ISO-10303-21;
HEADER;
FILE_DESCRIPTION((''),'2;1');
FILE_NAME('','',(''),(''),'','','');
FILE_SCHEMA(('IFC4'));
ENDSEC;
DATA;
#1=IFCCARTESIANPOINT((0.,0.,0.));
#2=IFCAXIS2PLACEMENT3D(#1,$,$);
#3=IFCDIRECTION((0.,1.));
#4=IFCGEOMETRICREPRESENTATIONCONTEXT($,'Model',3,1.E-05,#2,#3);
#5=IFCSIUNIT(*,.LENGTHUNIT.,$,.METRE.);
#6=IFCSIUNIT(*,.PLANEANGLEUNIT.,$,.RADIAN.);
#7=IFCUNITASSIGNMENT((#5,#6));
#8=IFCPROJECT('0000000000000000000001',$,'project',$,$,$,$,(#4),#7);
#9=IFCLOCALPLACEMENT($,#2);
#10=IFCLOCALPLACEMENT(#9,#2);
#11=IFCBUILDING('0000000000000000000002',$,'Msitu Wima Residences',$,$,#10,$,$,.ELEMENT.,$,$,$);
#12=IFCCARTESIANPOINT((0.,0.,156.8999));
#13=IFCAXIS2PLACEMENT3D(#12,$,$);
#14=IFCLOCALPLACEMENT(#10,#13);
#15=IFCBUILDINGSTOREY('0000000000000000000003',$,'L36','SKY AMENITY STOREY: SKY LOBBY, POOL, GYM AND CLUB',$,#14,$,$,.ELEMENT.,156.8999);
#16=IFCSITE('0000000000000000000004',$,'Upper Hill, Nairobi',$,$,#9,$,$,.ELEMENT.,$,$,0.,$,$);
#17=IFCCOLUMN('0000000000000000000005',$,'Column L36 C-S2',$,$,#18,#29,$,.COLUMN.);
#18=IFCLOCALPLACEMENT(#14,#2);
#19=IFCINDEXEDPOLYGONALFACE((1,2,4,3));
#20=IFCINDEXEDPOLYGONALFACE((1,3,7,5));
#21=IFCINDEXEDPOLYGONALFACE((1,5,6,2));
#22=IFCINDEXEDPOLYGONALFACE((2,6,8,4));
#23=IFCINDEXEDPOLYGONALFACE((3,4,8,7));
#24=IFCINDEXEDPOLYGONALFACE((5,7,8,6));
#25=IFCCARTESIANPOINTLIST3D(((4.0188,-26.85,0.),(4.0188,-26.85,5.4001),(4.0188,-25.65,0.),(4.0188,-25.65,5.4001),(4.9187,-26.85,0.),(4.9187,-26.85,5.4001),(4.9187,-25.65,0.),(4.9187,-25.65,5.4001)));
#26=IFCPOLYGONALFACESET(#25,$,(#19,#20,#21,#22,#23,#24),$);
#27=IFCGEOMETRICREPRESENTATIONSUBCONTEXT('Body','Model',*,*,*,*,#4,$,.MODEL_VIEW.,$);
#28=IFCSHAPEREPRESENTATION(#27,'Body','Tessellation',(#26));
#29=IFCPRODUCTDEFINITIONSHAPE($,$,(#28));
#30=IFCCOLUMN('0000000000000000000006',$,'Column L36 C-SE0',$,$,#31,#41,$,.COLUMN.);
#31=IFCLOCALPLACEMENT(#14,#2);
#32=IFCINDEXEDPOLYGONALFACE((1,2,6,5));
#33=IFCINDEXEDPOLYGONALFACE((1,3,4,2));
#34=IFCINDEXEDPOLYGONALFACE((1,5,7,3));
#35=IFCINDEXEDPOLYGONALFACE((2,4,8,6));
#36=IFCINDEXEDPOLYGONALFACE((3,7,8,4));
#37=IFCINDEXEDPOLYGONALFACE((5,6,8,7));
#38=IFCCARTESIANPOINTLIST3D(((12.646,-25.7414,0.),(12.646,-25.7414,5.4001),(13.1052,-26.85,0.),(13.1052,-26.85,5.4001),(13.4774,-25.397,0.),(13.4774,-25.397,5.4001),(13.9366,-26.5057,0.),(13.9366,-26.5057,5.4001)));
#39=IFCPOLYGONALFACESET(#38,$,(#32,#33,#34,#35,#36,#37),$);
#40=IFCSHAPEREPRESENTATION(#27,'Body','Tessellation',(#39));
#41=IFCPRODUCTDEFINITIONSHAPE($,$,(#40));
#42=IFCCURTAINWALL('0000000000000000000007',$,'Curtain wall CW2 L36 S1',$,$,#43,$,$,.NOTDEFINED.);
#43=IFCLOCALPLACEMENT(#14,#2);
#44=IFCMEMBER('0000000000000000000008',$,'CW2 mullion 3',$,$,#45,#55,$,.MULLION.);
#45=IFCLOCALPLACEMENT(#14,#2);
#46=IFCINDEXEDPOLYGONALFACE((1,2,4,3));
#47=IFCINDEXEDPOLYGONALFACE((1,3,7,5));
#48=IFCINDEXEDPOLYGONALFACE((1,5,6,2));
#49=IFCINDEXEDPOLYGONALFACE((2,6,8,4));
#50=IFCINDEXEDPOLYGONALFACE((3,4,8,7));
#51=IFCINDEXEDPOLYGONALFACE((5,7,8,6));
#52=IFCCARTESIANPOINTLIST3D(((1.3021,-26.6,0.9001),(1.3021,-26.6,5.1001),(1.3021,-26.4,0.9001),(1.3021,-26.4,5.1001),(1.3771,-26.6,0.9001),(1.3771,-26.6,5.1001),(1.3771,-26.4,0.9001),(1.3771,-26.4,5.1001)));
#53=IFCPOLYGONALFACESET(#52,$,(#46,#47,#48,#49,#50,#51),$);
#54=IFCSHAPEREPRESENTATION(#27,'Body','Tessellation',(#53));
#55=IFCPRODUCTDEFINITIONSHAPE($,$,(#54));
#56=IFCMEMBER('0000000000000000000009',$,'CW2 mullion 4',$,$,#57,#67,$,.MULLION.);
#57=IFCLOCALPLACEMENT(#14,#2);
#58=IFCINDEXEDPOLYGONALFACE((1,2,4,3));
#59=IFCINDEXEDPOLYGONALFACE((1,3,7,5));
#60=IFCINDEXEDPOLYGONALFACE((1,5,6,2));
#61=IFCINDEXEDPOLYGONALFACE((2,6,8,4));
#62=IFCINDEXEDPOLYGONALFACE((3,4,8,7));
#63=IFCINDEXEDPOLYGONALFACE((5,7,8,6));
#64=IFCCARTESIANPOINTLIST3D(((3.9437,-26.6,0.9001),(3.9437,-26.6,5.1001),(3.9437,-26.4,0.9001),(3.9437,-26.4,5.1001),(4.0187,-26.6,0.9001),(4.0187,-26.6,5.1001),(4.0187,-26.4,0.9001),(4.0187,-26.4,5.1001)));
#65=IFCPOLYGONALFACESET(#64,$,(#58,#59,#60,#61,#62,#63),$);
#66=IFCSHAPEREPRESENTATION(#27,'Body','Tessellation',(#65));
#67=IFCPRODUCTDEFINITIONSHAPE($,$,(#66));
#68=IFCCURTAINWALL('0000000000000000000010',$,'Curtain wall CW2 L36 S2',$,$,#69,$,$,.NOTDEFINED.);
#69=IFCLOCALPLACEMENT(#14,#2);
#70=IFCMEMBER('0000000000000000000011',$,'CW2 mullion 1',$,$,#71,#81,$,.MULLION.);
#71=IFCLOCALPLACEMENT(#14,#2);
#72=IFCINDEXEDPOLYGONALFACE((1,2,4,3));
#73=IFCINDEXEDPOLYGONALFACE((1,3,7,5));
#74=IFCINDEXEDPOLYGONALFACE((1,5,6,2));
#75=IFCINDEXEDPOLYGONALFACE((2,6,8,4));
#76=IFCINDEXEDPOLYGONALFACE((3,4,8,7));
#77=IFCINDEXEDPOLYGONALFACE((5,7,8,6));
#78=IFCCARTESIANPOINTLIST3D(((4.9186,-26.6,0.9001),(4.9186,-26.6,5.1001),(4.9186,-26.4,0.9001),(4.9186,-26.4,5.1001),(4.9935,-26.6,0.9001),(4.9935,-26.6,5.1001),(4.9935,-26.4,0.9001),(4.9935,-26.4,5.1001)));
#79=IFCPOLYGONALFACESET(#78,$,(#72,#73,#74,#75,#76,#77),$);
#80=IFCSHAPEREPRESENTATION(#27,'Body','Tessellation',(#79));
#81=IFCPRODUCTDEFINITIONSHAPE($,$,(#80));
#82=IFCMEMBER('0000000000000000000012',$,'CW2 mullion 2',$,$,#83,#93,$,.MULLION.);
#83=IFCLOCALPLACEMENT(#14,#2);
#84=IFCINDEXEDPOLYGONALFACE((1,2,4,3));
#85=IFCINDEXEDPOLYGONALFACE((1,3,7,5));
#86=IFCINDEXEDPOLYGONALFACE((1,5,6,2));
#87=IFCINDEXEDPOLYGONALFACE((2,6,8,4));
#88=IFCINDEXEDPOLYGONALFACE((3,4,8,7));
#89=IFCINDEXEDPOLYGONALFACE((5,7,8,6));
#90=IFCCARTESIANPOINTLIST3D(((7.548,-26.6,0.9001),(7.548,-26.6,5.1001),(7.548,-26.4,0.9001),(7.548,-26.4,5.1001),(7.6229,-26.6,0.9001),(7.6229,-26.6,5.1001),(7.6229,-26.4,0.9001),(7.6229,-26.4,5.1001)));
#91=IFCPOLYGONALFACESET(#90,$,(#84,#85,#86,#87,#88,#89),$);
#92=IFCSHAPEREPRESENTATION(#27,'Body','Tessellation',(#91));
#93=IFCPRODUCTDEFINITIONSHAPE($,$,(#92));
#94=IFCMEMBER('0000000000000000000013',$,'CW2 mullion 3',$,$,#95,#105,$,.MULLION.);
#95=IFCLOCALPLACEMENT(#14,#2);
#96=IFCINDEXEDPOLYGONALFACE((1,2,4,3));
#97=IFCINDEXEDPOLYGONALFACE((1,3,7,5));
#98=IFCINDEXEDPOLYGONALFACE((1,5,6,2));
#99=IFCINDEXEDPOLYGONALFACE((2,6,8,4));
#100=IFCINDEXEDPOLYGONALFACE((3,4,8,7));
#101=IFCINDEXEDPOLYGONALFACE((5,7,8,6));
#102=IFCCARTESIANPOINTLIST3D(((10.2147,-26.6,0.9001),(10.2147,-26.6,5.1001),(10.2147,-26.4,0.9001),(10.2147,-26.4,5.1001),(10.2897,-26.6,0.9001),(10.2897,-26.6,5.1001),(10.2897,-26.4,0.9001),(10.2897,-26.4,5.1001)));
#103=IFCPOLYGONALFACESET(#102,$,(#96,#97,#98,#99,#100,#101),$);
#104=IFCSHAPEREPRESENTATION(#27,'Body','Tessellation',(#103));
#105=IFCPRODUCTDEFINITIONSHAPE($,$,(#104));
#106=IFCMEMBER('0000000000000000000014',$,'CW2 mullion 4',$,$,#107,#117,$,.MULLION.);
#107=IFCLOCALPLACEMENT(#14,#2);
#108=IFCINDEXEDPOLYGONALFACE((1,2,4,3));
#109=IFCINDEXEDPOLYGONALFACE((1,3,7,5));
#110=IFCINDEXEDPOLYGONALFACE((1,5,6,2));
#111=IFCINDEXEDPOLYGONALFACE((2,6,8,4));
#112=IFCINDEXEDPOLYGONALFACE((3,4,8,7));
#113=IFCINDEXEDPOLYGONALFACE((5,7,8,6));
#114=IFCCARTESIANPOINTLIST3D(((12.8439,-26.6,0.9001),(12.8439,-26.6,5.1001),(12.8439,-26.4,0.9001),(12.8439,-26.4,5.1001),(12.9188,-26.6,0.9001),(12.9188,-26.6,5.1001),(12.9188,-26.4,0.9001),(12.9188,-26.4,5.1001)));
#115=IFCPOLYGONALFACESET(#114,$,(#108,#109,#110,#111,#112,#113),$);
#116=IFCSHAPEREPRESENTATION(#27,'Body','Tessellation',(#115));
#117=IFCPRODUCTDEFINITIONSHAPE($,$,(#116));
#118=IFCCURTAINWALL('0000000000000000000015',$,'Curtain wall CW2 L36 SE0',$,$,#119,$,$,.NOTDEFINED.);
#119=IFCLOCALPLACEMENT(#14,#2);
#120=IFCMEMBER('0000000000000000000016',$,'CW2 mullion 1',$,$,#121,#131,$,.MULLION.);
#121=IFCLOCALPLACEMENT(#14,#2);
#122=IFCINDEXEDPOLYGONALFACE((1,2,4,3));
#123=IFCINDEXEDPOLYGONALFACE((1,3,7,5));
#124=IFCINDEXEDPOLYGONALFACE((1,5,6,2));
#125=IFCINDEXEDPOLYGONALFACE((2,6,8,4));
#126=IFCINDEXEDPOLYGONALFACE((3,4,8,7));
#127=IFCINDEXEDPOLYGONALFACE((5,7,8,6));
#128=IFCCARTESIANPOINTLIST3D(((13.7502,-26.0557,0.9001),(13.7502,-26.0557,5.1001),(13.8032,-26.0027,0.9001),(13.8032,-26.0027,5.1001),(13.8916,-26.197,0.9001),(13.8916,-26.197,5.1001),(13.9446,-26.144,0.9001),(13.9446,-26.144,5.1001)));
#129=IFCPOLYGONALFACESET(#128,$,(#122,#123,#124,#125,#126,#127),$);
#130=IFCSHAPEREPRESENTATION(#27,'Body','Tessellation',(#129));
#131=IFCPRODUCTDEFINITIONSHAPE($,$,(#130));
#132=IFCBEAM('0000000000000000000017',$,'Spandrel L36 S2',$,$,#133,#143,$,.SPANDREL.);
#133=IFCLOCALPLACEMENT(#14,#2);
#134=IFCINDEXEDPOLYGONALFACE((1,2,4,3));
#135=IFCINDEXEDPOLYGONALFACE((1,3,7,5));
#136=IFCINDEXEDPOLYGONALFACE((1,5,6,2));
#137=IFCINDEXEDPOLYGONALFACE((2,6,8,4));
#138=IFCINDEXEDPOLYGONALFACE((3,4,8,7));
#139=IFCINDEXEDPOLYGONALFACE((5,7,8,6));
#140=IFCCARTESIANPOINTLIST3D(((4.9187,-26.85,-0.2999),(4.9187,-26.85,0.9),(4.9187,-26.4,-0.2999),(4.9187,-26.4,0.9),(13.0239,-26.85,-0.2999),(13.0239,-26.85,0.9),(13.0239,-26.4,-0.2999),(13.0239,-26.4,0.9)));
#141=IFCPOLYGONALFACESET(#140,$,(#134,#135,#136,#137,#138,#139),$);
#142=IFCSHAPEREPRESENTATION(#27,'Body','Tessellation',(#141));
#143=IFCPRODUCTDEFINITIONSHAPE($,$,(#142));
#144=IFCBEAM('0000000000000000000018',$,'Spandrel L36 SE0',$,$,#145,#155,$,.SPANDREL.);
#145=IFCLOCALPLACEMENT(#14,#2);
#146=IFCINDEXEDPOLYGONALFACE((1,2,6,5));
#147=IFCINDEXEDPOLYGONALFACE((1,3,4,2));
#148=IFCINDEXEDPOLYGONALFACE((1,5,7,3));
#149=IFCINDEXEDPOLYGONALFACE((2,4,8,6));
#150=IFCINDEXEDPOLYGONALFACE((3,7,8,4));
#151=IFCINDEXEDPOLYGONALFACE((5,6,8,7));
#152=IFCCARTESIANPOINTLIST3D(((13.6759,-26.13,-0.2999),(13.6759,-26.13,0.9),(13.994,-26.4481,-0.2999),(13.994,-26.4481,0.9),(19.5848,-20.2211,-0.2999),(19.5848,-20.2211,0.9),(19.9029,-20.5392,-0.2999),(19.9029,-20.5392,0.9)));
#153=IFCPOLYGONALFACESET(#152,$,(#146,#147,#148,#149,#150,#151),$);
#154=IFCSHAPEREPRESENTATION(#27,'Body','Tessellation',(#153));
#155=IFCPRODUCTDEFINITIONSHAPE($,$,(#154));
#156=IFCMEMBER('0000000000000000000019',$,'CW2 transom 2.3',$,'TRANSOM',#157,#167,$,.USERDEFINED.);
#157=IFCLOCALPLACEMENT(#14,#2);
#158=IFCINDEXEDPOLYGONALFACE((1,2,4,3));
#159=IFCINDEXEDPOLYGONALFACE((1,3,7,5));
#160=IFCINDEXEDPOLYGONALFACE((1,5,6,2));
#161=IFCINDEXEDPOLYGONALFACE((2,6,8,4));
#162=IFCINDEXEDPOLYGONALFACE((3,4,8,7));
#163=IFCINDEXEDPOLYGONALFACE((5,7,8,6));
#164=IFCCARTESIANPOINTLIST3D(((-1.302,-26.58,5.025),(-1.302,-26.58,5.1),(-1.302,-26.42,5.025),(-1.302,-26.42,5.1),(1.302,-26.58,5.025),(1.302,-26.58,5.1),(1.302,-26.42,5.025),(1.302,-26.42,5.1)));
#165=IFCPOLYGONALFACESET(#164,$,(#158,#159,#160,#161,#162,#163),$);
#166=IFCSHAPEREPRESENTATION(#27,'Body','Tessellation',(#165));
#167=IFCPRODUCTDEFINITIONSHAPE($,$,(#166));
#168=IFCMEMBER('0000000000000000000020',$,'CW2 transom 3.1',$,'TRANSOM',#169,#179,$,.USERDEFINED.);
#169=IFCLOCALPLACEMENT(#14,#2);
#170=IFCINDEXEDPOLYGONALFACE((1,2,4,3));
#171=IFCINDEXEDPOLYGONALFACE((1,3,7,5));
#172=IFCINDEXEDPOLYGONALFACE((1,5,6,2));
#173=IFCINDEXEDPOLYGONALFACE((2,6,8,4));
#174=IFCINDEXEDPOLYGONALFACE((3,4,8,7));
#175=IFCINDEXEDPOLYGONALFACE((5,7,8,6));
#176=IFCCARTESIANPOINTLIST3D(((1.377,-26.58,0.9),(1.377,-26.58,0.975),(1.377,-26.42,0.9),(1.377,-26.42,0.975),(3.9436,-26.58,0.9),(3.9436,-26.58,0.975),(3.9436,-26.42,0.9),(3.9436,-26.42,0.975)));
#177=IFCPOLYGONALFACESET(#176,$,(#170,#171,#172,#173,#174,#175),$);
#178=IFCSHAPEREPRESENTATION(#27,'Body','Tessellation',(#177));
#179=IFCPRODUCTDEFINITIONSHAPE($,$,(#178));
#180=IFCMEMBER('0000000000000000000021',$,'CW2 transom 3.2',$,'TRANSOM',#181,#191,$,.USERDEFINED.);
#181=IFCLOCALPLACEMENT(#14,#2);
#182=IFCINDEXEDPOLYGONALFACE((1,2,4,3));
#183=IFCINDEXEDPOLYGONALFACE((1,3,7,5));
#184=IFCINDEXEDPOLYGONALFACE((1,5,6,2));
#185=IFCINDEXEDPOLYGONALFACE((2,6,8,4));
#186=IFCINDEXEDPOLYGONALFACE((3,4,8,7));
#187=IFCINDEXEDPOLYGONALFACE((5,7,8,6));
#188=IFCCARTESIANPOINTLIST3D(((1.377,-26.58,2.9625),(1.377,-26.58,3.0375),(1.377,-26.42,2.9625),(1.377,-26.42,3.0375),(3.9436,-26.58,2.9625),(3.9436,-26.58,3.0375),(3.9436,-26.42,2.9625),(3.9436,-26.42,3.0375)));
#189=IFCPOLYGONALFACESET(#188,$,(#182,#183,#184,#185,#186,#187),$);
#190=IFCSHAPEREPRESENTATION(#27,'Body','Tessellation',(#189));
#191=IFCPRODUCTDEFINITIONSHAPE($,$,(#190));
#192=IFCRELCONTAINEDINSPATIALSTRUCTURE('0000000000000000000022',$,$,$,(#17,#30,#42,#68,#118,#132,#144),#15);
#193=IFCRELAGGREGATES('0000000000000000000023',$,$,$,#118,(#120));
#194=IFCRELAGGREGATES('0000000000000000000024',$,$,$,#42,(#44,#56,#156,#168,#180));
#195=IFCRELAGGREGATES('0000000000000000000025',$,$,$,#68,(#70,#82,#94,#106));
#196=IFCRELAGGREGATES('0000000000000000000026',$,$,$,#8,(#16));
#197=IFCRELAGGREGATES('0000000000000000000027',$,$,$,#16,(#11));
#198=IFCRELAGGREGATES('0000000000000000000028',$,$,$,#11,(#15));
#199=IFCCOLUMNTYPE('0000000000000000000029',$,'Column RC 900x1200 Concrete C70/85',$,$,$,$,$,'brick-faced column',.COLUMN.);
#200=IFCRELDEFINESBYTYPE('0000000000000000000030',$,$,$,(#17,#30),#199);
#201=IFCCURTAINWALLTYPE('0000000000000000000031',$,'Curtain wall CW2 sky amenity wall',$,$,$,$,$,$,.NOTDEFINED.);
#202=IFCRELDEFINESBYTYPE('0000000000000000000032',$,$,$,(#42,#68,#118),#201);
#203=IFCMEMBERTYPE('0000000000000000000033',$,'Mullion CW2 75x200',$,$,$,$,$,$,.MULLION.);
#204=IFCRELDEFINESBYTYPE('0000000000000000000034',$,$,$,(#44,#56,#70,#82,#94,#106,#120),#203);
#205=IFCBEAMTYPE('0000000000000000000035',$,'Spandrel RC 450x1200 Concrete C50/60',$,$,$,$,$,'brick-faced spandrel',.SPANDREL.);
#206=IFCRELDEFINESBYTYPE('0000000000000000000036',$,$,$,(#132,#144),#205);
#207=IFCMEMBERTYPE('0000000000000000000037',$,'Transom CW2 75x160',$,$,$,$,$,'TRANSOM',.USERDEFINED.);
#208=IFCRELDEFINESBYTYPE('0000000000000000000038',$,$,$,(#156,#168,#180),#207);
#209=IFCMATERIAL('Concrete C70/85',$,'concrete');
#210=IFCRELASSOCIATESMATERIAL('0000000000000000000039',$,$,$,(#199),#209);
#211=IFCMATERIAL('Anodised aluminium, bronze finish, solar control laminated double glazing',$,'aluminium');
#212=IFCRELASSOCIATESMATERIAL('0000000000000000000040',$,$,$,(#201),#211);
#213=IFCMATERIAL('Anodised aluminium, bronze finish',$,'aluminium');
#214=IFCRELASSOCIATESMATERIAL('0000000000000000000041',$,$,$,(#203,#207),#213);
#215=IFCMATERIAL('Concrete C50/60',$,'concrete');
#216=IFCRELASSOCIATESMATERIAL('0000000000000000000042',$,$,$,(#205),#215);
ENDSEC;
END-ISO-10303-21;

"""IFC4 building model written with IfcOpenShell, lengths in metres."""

from ifc_helpers import new_model, si_unit, direction, frame, origin, origin_2d, place, context, subcontext, project, spatial, rectangle, extrude, material, material_profile, profile_set, type_object, element, aggregate, save


model = new_model("IFC4")

# Units and contexts
model_context = context("Model", 3, precision=1e-05, world=origin(), true_north=direction((0.0, 1.0)))
body_context = subcontext(model_context, "Body", "Model", "MODEL_VIEW")
ifc_project = project(units=[si_unit("LENGTHUNIT", "METRE"), si_unit("PLANEANGLEUNIT", "RADIAN")], contexts=[model_context])

# Site, building, storey
site_placement = place(None, origin())
site = spatial("IfcSite", under=ifc_project, at=site_placement, Name="Upper Hill, Nairobi", CompositionType="ELEMENT", RefElevation=0.0)
building_placement = place(site_placement, origin())
building = spatial("IfcBuilding", under=site, at=building_placement, Name="Msitu Wima Residences", CompositionType="ELEMENT")
storey_placement = place(building_placement, frame((0.0, 0.0, 156.8999)))
storey = spatial("IfcBuildingStorey", under=building, at=storey_placement, Name="L36", Description="SKY AMENITY STOREY: SKY LOBBY, POOL, GYM AND CLUB", CompositionType="ELEMENT", Elevation=156.8999)

# Columns
ifc_material_1 = material(Name="Concrete C70/85", Category="concrete")
ifc_material_profile_1 = material_profile(ifc_material_1, rectangle(XDim=0.8999, YDim=1.2, at=origin_2d()), Name="RC 900x1200")
ifc_profile_set_1 = profile_set([ifc_material_profile_1], Name="Concrete C70/85")
column_type = type_object("IfcColumnType", Name="Column RC 900x1200 Concrete C70/85", ElementType="brick-faced column", PredefinedType="COLUMN", material=ifc_profile_set_1)
for number, where, z_axis, x_axis, name in (
    (1, (4.4688, -26.25, 0.0), (0.0, 0.0, 1.0), (1.0, 0.0, 0.0), "Column L36 C-S2"),
    (2, (13.2913, -26.1235, 0.0), (0.0, 0.0, 1.0), (0.92388, 0.382683, 0.0), "Column L36 C-SE0"),
):
    element("IfcColumn", number, at=place(storey_placement, frame(where, z_axis=z_axis, x_axis=x_axis)), inside=storey, type_object=column_type, Name=name, PredefinedType="COLUMN", context=body_context, shape_type="SweptSolid", body=[
        extrude(rectangle(XDim=0.8999, YDim=1.2, at=origin_2d()), origin(), (0.0, 0.0, 1.0), 5.4001),
    ])

# Curtain walls, members
ifc_material_2 = material(Name="Anodised aluminium, bronze finish, solar control laminated double glazing", Category="aluminium")
curtain_wall_type = type_object("IfcCurtainWallType", Name="Curtain wall CW2 sky amenity wall", PredefinedType="NOTDEFINED", material=ifc_material_2)
curtain_wall_1_placement = place(storey_placement, origin())
curtain_wall_1 = element("IfcCurtainWall", 3, at=curtain_wall_1_placement, inside=storey, type_object=curtain_wall_type, Name="Curtain wall CW2 L36 S1", PredefinedType="NOTDEFINED")
ifc_material_3 = material(Name="Anodised aluminium, bronze finish", Category="aluminium")
ifc_material_profile_2 = material_profile(ifc_material_3, rectangle(XDim=0.2, YDim=0.075, at=origin_2d()), Name="Mullion 75x200")
ifc_profile_set_2 = profile_set([ifc_material_profile_2], Name="Anodised aluminium, bronze finish")
member_type_1 = type_object("IfcMemberType", Name="Mullion CW2 75x200", PredefinedType="MULLION", material=ifc_profile_set_2)
member_1_placement = place(storey_placement, frame((1.3396, -26.5, 0.9001), z_axis=(0.0, 0.0, 1.0), x_axis=(0.0, 1.0, 0.0)))
member_1 = element("IfcMember", 4, at=member_1_placement, type_object=member_type_1, Name="CW2 mullion 3", PredefinedType="MULLION", context=body_context, shape_type="SweptSolid", body=[
    extrude(rectangle(XDim=0.2, YDim=0.075, at=origin_2d()), origin(), (0.0, 0.0, 1.0), 4.2),
])
member_2_placement = place(storey_placement, frame((3.9812, -26.5, 0.9001), z_axis=(0.0, 0.0, 1.0), x_axis=(0.0, 1.0, 0.0)))
member_2 = element("IfcMember", 5, at=member_2_placement, type_object=member_type_1, Name="CW2 mullion 4", PredefinedType="MULLION", context=body_context, shape_type="SweptSolid", body=[
    extrude(rectangle(XDim=0.2, YDim=0.075, at=origin_2d()), origin(), (0.0, 0.0, 1.0), 4.2),
])
curtain_wall_2_placement = place(storey_placement, origin())
curtain_wall_2 = element("IfcCurtainWall", 6, at=curtain_wall_2_placement, inside=storey, type_object=curtain_wall_type, Name="Curtain wall CW2 L36 S2", PredefinedType="NOTDEFINED")
member_3_placement = place(storey_placement, frame((4.9561, -26.5, 0.9001), z_axis=(0.0, 0.0, 1.0), x_axis=(0.0, 1.0, 0.0)))
member_3 = element("IfcMember", 7, at=member_3_placement, type_object=member_type_1, Name="CW2 mullion 1", PredefinedType="MULLION", context=body_context, shape_type="SweptSolid", body=[
    extrude(rectangle(XDim=0.2, YDim=0.075, at=origin_2d()), origin(), (0.0, 0.0, 1.0), 4.2),
])
member_4_placement = place(storey_placement, frame((7.5854, -26.5, 0.9001), z_axis=(0.0, 0.0, 1.0), x_axis=(0.0, 1.0, 0.0)))
member_4 = element("IfcMember", 8, at=member_4_placement, type_object=member_type_1, Name="CW2 mullion 2", PredefinedType="MULLION", context=body_context, shape_type="SweptSolid", body=[
    extrude(rectangle(XDim=0.2, YDim=0.075, at=origin_2d()), origin(), (0.0, 0.0, 1.0), 4.2),
])
member_5_placement = place(storey_placement, frame((10.2522, -26.5, 0.9001), z_axis=(0.0, 0.0, 1.0), x_axis=(0.0, 1.0, 0.0)))
member_5 = element("IfcMember", 9, at=member_5_placement, type_object=member_type_1, Name="CW2 mullion 3", PredefinedType="MULLION", context=body_context, shape_type="SweptSolid", body=[
    extrude(rectangle(XDim=0.2, YDim=0.075, at=origin_2d()), origin(), (0.0, 0.0, 1.0), 4.2),
])
member_6_placement = place(storey_placement, frame((12.8813, -26.5, 0.9001), z_axis=(0.0, 0.0, 1.0), x_axis=(0.0, 1.0, 0.0)))
member_6 = element("IfcMember", 10, at=member_6_placement, type_object=member_type_1, Name="CW2 mullion 4", PredefinedType="MULLION", context=body_context, shape_type="SweptSolid", body=[
    extrude(rectangle(XDim=0.2, YDim=0.075, at=origin_2d()), origin(), (0.0, 0.0, 1.0), 4.2),
])

# Curtain wall, member
curtain_wall_3_placement = place(storey_placement, origin())
curtain_wall_3 = element("IfcCurtainWall", 11, at=curtain_wall_3_placement, inside=storey, type_object=curtain_wall_type, Name="Curtain wall CW2 L36 SE0", PredefinedType="NOTDEFINED")
member_7_placement = place(storey_placement, frame((13.8474, -26.0999, 0.9001), z_axis=(0.0, 0.0, 1.0), x_axis=(-0.707107, 0.707107, 0.0)))
member_7 = element("IfcMember", 12, at=member_7_placement, type_object=member_type_1, Name="CW2 mullion 1", PredefinedType="MULLION", context=body_context, shape_type="SweptSolid", body=[
    extrude(rectangle(XDim=0.2, YDim=0.075, at=origin_2d()), origin(), (0.0, 0.0, 1.0), 4.2),
])
aggregate(curtain_wall_3, [member_7])

# Beams
ifc_material_4 = material(Name="Concrete C50/60", Category="concrete")
ifc_material_profile_3 = material_profile(ifc_material_4, rectangle(XDim=0.45, YDim=1.2, at=origin_2d()), Name="RC 450x1200")
ifc_profile_set_3 = profile_set([ifc_material_profile_3], Name="Concrete C50/60")
beam_type = type_object("IfcBeamType", Name="Spandrel RC 450x1200 Concrete C50/60", ElementType="brick-faced spandrel", PredefinedType="SPANDREL", material=ifc_profile_set_3)
beam_1_placement = place(storey_placement, frame((4.9187, -26.625, 0.3), z_axis=(1.0, 0.0, 0.0), x_axis=(0.0, 1.0, 0.0)))
element("IfcBeam", 13, at=beam_1_placement, inside=storey, type_object=beam_type, Name="Spandrel L36 S2", PredefinedType="SPANDREL", context=body_context, shape_type="SweptSolid", body=[
    extrude(rectangle(XDim=0.45, YDim=1.2, at=origin_2d()), origin(), (0.0, 0.0, 1.0), 8.1052),
])
beam_2_placement = place(storey_placement, frame((13.835, -26.2891, 0.3), z_axis=(0.707107, 0.707107, 0.0), x_axis=(-0.707107, 0.707107, 0.0)))
element("IfcBeam", 14, at=beam_2_placement, inside=storey, type_object=beam_type, Name="Spandrel L36 SE0", PredefinedType="SPANDREL", context=body_context, shape_type="SweptSolid", body=[
    extrude(rectangle(XDim=0.45, YDim=1.2, at=origin_2d()), origin(), (0.0, 0.0, 1.0), 8.3564),
])

# Members
ifc_material_profile_4 = material_profile(ifc_material_3, rectangle(XDim=0.1599, YDim=0.075, at=origin_2d()), Name="Transom 75x160")
ifc_profile_set_4 = profile_set([ifc_material_profile_4], Name="Anodised aluminium, bronze finish")
member_type_2 = type_object("IfcMemberType", Name="Transom CW2 75x160", ElementType="TRANSOM", PredefinedType="USERDEFINED", material=ifc_profile_set_4)
member_8_placement = place(storey_placement, frame((-1.302, -26.5, 5.0625), z_axis=(1.0, 0.0, 0.0), x_axis=(0.0, 1.0, 0.0)))
member_8 = element("IfcMember", 15, at=member_8_placement, type_object=member_type_2, Name="CW2 transom 2.3", ObjectType="TRANSOM", PredefinedType="USERDEFINED", context=body_context, shape_type="SweptSolid", body=[
    extrude(rectangle(XDim=0.1599, YDim=0.075, at=origin_2d()), origin(), (0.0, 0.0, 1.0), 2.604),
])
member_9_placement = place(storey_placement, frame((1.377, -26.5, 0.9375), z_axis=(1.0, 0.0, 0.0), x_axis=(0.0, 1.0, 0.0)))
member_9 = element("IfcMember", 16, at=member_9_placement, type_object=member_type_2, Name="CW2 transom 3.1", ObjectType="TRANSOM", PredefinedType="USERDEFINED", context=body_context, shape_type="SweptSolid", body=[
    extrude(rectangle(XDim=0.1599, YDim=0.075, at=origin_2d()), origin(), (0.0, 0.0, 1.0), 2.5667),
])
member_10_placement = place(storey_placement, frame((1.377, -26.5, 3.0), z_axis=(1.0, 0.0, 0.0), x_axis=(0.0, 1.0, 0.0)))
member_10 = element("IfcMember", 17, at=member_10_placement, type_object=member_type_2, Name="CW2 transom 3.2", ObjectType="TRANSOM", PredefinedType="USERDEFINED", context=body_context, shape_type="SweptSolid", body=[
    extrude(rectangle(XDim=0.1599, YDim=0.075, at=origin_2d()), origin(), (0.0, 0.0, 1.0), 2.5667),
])

aggregate(curtain_wall_1, [member_1, member_2, member_8, member_9, member_10])
aggregate(curtain_wall_2, [member_3, member_4, member_5, member_6])

save(model, "model.ifc")
